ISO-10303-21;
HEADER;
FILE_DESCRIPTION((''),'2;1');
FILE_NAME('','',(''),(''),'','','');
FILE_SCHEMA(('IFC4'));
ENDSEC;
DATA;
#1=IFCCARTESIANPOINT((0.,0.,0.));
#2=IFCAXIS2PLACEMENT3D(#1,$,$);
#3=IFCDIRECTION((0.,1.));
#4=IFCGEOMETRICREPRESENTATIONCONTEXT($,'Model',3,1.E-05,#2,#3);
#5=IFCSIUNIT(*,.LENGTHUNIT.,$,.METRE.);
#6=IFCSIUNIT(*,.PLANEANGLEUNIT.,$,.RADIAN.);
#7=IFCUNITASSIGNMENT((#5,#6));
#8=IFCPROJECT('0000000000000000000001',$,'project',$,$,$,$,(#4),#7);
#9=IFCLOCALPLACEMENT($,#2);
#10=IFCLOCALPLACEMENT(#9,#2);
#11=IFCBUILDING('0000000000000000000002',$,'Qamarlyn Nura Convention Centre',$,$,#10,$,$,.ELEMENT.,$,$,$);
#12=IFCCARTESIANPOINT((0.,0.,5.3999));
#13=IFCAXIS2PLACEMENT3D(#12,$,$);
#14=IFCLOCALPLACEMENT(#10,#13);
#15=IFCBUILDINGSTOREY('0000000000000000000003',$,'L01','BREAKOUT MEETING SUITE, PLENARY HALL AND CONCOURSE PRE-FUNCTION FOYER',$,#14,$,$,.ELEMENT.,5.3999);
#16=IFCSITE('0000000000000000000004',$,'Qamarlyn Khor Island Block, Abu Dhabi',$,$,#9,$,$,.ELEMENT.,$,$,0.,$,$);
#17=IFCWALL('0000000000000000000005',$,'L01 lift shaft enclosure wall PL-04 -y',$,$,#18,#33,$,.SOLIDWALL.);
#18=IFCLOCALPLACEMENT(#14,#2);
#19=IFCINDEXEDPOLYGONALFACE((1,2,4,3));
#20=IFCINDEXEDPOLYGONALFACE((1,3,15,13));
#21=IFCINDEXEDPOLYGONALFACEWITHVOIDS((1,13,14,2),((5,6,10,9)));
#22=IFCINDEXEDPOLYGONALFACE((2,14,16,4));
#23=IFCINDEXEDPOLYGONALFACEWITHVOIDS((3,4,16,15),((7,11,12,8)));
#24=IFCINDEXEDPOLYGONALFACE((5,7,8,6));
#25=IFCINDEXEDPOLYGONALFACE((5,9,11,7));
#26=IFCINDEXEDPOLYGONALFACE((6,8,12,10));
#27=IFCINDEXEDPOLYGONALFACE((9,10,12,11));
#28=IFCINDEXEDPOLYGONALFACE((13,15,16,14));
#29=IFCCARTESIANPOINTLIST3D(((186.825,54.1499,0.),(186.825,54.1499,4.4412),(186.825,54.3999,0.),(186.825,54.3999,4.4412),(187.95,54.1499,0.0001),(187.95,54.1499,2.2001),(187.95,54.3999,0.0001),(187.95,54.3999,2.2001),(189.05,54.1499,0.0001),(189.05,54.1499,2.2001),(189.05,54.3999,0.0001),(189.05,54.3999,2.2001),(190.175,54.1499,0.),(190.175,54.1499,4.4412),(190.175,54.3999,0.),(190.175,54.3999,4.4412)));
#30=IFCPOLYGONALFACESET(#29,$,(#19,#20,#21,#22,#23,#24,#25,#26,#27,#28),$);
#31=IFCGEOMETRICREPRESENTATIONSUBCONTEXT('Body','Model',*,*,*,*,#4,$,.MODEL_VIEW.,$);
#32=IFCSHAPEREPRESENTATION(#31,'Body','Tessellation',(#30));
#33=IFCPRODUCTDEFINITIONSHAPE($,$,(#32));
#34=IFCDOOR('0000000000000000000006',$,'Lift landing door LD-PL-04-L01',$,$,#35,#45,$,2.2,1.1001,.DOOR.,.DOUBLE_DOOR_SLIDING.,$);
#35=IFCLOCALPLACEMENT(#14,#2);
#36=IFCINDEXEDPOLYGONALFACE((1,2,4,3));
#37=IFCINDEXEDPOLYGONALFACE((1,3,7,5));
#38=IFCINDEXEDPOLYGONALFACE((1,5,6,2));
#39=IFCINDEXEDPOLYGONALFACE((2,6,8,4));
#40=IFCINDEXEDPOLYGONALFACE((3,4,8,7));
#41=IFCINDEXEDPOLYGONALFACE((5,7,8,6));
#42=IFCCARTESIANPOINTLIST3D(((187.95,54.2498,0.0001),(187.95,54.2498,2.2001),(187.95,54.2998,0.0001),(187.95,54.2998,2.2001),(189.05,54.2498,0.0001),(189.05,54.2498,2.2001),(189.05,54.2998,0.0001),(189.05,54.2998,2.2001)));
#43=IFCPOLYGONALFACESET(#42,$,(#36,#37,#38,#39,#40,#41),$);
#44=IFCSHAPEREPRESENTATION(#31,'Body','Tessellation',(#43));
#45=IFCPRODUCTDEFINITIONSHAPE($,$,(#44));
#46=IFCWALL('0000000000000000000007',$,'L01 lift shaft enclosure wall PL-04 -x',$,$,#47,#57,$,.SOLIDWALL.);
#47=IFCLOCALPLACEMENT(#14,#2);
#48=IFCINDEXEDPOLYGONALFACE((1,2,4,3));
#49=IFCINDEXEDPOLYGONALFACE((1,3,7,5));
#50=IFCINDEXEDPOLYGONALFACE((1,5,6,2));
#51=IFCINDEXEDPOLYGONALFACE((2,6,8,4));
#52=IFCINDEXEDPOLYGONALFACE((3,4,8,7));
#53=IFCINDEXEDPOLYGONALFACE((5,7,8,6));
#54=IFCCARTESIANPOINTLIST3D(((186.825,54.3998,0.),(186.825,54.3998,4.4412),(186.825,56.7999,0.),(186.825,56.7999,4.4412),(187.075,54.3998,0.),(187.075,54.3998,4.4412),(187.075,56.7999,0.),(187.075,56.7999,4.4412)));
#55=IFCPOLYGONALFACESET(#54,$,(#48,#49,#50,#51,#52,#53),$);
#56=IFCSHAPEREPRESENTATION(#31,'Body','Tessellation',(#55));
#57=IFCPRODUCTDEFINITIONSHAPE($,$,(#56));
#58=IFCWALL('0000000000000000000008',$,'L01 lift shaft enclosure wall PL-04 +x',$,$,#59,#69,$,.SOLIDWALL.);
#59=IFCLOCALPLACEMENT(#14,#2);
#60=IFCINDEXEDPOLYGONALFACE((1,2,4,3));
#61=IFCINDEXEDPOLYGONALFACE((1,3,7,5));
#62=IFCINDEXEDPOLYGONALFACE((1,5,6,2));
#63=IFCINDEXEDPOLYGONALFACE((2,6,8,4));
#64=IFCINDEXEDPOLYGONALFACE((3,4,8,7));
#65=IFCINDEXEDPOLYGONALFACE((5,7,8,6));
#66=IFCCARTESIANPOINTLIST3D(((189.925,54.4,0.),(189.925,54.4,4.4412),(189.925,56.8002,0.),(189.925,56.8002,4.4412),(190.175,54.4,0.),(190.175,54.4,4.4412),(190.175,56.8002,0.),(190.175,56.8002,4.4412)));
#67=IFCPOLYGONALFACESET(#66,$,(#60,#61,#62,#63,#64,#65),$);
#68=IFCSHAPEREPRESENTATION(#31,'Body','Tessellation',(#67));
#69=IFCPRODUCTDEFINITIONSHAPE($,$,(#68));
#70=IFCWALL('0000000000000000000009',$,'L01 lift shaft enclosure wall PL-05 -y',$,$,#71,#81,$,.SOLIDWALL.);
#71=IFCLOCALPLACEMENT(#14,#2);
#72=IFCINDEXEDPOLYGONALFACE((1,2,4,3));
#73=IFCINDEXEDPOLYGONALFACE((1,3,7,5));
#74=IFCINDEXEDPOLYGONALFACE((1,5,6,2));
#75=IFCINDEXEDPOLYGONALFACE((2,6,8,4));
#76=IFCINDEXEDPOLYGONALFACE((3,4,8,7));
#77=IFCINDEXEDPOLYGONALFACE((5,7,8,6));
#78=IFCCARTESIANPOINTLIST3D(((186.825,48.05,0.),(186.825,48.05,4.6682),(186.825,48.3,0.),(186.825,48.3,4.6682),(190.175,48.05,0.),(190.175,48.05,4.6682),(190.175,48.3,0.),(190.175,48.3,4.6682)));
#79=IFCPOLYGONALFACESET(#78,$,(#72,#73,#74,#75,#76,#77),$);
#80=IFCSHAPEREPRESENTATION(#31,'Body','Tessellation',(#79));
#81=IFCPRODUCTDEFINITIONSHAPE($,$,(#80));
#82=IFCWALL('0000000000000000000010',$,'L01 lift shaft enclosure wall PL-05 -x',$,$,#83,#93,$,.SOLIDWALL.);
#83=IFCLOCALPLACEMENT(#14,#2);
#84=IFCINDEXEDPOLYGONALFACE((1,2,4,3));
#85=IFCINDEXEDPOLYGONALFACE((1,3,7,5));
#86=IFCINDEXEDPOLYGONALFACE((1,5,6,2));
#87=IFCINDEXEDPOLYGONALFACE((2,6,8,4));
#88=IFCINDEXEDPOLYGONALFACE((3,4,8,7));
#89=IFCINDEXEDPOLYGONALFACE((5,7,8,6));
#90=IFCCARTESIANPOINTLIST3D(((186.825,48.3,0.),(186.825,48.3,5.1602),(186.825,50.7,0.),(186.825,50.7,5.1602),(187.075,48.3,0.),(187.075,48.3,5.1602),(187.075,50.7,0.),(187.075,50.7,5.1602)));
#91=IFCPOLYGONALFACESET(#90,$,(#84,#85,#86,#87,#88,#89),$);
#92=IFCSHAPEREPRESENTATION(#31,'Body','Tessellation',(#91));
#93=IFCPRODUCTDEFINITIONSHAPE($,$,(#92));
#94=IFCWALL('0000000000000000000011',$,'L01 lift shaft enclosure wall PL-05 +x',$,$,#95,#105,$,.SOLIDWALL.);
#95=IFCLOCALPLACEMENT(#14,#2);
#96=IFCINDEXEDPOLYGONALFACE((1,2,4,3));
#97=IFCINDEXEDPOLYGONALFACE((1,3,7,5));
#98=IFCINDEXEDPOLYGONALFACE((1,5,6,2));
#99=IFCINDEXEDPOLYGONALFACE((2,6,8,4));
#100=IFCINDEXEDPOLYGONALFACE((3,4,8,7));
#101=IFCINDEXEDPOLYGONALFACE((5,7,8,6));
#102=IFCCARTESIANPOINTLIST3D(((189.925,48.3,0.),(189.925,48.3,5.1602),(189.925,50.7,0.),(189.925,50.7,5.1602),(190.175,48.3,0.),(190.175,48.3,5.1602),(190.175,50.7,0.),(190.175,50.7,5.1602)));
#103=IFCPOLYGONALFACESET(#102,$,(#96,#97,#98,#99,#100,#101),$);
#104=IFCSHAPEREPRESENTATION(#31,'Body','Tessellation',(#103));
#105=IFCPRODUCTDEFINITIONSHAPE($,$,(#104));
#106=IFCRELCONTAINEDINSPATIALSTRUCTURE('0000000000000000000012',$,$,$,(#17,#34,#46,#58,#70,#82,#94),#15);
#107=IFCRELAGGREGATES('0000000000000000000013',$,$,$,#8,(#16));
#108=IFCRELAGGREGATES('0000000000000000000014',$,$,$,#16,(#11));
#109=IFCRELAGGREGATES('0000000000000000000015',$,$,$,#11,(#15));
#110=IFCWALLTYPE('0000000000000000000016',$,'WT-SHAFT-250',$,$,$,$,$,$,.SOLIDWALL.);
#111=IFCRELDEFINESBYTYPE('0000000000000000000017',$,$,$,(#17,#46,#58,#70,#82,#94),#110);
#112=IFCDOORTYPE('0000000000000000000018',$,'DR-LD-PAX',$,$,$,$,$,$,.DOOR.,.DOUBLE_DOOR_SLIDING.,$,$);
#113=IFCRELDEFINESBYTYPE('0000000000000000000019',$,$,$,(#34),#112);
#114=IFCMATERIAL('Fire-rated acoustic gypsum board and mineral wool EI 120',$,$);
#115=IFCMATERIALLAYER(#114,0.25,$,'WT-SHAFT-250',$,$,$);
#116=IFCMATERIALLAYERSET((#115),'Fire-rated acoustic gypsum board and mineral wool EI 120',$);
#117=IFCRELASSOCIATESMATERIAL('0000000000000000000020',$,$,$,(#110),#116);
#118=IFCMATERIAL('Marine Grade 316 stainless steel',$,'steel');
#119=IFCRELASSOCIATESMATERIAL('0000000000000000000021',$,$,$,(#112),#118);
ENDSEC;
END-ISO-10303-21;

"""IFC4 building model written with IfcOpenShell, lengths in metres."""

from ifc_helpers import new_model, si_unit, direction, frame, frame_2d, origin, place, context, subcontext, project, spatial, rectangle, extrude, material, layer, layer_set, type_object, element, fill, save


model = new_model("IFC4")

# Units and contexts
model_context = context("Model", 3, precision=1e-05, world=origin(), true_north=direction((0.0, 1.0)))
body_context = subcontext(model_context, "Body", "Model", "MODEL_VIEW")
ifc_project = project(units=[si_unit("LENGTHUNIT", "METRE"), si_unit("PLANEANGLEUNIT", "RADIAN")], contexts=[model_context])

# Site, building, storey
site_placement = place(None, origin())
site = spatial("IfcSite", under=ifc_project, at=site_placement, Name="Qamarlyn Khor Island Block, Abu Dhabi", CompositionType="ELEMENT", RefElevation=0.0)
building_placement = place(site_placement, origin())
building = spatial("IfcBuilding", under=site, at=building_placement, Name="Qamarlyn Nura Convention Centre", CompositionType="ELEMENT")
storey_placement = place(building_placement, frame((0.0, 0.0, 5.3999)))
storey = spatial("IfcBuildingStorey", under=building, at=storey_placement, Name="L01", Description="BREAKOUT MEETING SUITE, PLENARY HALL AND CONCOURSE PRE-FUNCTION FOYER", CompositionType="ELEMENT", Elevation=5.3999)

# Shared definitions
ifc_material_1 = material(Name="Fire-rated acoustic gypsum board and mineral wool EI 120")
ifc_layer_1 = layer(ifc_material_1, 0.25, Name="WT-SHAFT-250")
ifc_layer_set_1 = layer_set([ifc_layer_1], Name="Fire-rated acoustic gypsum board and mineral wool EI 120")
wall_type_1 = type_object("IfcWallType", Name="WT-SHAFT-250", PredefinedType="SOLIDWALL", material=ifc_layer_set_1)
ifc_material_2 = material(Name="Marine Grade 316 stainless steel", Category="steel")
door_type = type_object("IfcDoorType", Name="DR-LD-PAX", OperationType="DOUBLE_DOOR_SLIDING", PredefinedType="DOOR", material=ifc_material_2)

# Wall, opening, door
wall_1_placement = place(storey_placement, frame((186.825, 54.2749, 0.0), z_axis=(0.0, 0.0, 1.0), x_axis=(1.0, 0.0, 0.0)))
wall_1 = element("IfcWall", 1, at=wall_1_placement, inside=storey, type_object=wall_type_1, Name="L01 lift shaft enclosure wall PL-04 -y", PredefinedType="SOLIDWALL", context=body_context, shape_type="SweptSolid", body=[
    extrude(rectangle(XDim=3.3501, YDim=0.25, at=frame_2d((1.675, 0.0))), origin(), (0.0, 0.0, 1.0), 4.4412),
])
opening_1_placement = place(wall_1_placement, frame((1.125, 0.0, 0.0)))
opening_1 = element("IfcOpeningElement", 2, at=opening_1_placement, cuts=wall_1, PredefinedType="OPENING", context=body_context, shape_type="SweptSolid", body=[
    extrude(rectangle(XDim=1.1001, YDim=2.2, at=frame_2d((0.55, 1.1001))), frame((0.0, 0.135, 0.0), z_axis=(0.0, -1.0, 0.0), x_axis=(1.0, 0.0, 0.0)), (0.0, 0.0, 1.0), 0.27),
])
door_1_placement = place(opening_1_placement, origin())
door_1 = element("IfcDoor", 3, at=door_1_placement, inside=storey, type_object=door_type, Name="Lift landing door LD-PL-04-L01", OperationType="DOUBLE_DOOR_SLIDING", OverallHeight=2.2, OverallWidth=1.1001, PredefinedType="DOOR", context=body_context, shape_type="SweptSolid", body=[
    extrude(rectangle(XDim=1.1001, YDim=2.2, at=frame_2d((0.55, 1.1001))), frame((0.0, 0.0249, 0.0), z_axis=(0.0, -1.0, 0.0), x_axis=(1.0, 0.0, 0.0)), (0.0, 0.0, 1.0), 0.05),
])
fill(opening_1, door_1)

# Walls
for number, where, z_axis, x_axis, name in (
    (4, (186.95, 56.8, 0.0), (0.0, 0.0, 1.0), (0.0, -1.0, 0.0), "L01 lift shaft enclosure wall PL-04 -x"),
    (5, (190.05, 54.3999, 0.0), (0.0, 0.0, 1.0), (0.0, 1.0, 0.0), "L01 lift shaft enclosure wall PL-04 +x"),
):
    element("IfcWall", number, at=place(storey_placement, frame(where, z_axis=z_axis, x_axis=x_axis)), inside=storey, type_object=wall_type_1, Name=name, PredefinedType="SOLIDWALL", context=body_context, shape_type="SweptSolid", body=[
        extrude(rectangle(XDim=2.4001, YDim=0.25, at=frame_2d((1.2002, 0.0))), origin(), (0.0, 0.0, 1.0), 4.4412),
    ])
wall_2_placement = place(storey_placement, frame((186.825, 48.175, 0.0), z_axis=(0.0, 0.0, 1.0), x_axis=(1.0, 0.0, 0.0)))
element("IfcWall", 6, at=wall_2_placement, inside=storey, type_object=wall_type_1, Name="L01 lift shaft enclosure wall PL-05 -y", PredefinedType="SOLIDWALL", context=body_context, shape_type="SweptSolid", body=[
    extrude(rectangle(XDim=3.3501, YDim=0.25, at=frame_2d((1.675, 0.0))), origin(), (0.0, 0.0, 1.0), 4.6682),
])
for number, where, z_axis, x_axis, name in (
    (7, (186.95, 50.7, 0.0), (0.0, 0.0, 1.0), (0.0, -1.0, 0.0), "L01 lift shaft enclosure wall PL-05 -x"),
    (8, (190.05, 48.3, 0.0), (0.0, 0.0, 1.0), (0.0, 1.0, 0.0), "L01 lift shaft enclosure wall PL-05 +x"),
):
    element("IfcWall", number, at=place(storey_placement, frame(where, z_axis=z_axis, x_axis=x_axis)), inside=storey, type_object=wall_type_1, Name=name, PredefinedType="SOLIDWALL", context=body_context, shape_type="SweptSolid", body=[
        extrude(rectangle(XDim=2.3999, YDim=0.25, at=frame_2d((1.2, 0.0))), origin(), (0.0, 0.0, 1.0), 5.1602),
    ])

save(model, "model.ifc")
